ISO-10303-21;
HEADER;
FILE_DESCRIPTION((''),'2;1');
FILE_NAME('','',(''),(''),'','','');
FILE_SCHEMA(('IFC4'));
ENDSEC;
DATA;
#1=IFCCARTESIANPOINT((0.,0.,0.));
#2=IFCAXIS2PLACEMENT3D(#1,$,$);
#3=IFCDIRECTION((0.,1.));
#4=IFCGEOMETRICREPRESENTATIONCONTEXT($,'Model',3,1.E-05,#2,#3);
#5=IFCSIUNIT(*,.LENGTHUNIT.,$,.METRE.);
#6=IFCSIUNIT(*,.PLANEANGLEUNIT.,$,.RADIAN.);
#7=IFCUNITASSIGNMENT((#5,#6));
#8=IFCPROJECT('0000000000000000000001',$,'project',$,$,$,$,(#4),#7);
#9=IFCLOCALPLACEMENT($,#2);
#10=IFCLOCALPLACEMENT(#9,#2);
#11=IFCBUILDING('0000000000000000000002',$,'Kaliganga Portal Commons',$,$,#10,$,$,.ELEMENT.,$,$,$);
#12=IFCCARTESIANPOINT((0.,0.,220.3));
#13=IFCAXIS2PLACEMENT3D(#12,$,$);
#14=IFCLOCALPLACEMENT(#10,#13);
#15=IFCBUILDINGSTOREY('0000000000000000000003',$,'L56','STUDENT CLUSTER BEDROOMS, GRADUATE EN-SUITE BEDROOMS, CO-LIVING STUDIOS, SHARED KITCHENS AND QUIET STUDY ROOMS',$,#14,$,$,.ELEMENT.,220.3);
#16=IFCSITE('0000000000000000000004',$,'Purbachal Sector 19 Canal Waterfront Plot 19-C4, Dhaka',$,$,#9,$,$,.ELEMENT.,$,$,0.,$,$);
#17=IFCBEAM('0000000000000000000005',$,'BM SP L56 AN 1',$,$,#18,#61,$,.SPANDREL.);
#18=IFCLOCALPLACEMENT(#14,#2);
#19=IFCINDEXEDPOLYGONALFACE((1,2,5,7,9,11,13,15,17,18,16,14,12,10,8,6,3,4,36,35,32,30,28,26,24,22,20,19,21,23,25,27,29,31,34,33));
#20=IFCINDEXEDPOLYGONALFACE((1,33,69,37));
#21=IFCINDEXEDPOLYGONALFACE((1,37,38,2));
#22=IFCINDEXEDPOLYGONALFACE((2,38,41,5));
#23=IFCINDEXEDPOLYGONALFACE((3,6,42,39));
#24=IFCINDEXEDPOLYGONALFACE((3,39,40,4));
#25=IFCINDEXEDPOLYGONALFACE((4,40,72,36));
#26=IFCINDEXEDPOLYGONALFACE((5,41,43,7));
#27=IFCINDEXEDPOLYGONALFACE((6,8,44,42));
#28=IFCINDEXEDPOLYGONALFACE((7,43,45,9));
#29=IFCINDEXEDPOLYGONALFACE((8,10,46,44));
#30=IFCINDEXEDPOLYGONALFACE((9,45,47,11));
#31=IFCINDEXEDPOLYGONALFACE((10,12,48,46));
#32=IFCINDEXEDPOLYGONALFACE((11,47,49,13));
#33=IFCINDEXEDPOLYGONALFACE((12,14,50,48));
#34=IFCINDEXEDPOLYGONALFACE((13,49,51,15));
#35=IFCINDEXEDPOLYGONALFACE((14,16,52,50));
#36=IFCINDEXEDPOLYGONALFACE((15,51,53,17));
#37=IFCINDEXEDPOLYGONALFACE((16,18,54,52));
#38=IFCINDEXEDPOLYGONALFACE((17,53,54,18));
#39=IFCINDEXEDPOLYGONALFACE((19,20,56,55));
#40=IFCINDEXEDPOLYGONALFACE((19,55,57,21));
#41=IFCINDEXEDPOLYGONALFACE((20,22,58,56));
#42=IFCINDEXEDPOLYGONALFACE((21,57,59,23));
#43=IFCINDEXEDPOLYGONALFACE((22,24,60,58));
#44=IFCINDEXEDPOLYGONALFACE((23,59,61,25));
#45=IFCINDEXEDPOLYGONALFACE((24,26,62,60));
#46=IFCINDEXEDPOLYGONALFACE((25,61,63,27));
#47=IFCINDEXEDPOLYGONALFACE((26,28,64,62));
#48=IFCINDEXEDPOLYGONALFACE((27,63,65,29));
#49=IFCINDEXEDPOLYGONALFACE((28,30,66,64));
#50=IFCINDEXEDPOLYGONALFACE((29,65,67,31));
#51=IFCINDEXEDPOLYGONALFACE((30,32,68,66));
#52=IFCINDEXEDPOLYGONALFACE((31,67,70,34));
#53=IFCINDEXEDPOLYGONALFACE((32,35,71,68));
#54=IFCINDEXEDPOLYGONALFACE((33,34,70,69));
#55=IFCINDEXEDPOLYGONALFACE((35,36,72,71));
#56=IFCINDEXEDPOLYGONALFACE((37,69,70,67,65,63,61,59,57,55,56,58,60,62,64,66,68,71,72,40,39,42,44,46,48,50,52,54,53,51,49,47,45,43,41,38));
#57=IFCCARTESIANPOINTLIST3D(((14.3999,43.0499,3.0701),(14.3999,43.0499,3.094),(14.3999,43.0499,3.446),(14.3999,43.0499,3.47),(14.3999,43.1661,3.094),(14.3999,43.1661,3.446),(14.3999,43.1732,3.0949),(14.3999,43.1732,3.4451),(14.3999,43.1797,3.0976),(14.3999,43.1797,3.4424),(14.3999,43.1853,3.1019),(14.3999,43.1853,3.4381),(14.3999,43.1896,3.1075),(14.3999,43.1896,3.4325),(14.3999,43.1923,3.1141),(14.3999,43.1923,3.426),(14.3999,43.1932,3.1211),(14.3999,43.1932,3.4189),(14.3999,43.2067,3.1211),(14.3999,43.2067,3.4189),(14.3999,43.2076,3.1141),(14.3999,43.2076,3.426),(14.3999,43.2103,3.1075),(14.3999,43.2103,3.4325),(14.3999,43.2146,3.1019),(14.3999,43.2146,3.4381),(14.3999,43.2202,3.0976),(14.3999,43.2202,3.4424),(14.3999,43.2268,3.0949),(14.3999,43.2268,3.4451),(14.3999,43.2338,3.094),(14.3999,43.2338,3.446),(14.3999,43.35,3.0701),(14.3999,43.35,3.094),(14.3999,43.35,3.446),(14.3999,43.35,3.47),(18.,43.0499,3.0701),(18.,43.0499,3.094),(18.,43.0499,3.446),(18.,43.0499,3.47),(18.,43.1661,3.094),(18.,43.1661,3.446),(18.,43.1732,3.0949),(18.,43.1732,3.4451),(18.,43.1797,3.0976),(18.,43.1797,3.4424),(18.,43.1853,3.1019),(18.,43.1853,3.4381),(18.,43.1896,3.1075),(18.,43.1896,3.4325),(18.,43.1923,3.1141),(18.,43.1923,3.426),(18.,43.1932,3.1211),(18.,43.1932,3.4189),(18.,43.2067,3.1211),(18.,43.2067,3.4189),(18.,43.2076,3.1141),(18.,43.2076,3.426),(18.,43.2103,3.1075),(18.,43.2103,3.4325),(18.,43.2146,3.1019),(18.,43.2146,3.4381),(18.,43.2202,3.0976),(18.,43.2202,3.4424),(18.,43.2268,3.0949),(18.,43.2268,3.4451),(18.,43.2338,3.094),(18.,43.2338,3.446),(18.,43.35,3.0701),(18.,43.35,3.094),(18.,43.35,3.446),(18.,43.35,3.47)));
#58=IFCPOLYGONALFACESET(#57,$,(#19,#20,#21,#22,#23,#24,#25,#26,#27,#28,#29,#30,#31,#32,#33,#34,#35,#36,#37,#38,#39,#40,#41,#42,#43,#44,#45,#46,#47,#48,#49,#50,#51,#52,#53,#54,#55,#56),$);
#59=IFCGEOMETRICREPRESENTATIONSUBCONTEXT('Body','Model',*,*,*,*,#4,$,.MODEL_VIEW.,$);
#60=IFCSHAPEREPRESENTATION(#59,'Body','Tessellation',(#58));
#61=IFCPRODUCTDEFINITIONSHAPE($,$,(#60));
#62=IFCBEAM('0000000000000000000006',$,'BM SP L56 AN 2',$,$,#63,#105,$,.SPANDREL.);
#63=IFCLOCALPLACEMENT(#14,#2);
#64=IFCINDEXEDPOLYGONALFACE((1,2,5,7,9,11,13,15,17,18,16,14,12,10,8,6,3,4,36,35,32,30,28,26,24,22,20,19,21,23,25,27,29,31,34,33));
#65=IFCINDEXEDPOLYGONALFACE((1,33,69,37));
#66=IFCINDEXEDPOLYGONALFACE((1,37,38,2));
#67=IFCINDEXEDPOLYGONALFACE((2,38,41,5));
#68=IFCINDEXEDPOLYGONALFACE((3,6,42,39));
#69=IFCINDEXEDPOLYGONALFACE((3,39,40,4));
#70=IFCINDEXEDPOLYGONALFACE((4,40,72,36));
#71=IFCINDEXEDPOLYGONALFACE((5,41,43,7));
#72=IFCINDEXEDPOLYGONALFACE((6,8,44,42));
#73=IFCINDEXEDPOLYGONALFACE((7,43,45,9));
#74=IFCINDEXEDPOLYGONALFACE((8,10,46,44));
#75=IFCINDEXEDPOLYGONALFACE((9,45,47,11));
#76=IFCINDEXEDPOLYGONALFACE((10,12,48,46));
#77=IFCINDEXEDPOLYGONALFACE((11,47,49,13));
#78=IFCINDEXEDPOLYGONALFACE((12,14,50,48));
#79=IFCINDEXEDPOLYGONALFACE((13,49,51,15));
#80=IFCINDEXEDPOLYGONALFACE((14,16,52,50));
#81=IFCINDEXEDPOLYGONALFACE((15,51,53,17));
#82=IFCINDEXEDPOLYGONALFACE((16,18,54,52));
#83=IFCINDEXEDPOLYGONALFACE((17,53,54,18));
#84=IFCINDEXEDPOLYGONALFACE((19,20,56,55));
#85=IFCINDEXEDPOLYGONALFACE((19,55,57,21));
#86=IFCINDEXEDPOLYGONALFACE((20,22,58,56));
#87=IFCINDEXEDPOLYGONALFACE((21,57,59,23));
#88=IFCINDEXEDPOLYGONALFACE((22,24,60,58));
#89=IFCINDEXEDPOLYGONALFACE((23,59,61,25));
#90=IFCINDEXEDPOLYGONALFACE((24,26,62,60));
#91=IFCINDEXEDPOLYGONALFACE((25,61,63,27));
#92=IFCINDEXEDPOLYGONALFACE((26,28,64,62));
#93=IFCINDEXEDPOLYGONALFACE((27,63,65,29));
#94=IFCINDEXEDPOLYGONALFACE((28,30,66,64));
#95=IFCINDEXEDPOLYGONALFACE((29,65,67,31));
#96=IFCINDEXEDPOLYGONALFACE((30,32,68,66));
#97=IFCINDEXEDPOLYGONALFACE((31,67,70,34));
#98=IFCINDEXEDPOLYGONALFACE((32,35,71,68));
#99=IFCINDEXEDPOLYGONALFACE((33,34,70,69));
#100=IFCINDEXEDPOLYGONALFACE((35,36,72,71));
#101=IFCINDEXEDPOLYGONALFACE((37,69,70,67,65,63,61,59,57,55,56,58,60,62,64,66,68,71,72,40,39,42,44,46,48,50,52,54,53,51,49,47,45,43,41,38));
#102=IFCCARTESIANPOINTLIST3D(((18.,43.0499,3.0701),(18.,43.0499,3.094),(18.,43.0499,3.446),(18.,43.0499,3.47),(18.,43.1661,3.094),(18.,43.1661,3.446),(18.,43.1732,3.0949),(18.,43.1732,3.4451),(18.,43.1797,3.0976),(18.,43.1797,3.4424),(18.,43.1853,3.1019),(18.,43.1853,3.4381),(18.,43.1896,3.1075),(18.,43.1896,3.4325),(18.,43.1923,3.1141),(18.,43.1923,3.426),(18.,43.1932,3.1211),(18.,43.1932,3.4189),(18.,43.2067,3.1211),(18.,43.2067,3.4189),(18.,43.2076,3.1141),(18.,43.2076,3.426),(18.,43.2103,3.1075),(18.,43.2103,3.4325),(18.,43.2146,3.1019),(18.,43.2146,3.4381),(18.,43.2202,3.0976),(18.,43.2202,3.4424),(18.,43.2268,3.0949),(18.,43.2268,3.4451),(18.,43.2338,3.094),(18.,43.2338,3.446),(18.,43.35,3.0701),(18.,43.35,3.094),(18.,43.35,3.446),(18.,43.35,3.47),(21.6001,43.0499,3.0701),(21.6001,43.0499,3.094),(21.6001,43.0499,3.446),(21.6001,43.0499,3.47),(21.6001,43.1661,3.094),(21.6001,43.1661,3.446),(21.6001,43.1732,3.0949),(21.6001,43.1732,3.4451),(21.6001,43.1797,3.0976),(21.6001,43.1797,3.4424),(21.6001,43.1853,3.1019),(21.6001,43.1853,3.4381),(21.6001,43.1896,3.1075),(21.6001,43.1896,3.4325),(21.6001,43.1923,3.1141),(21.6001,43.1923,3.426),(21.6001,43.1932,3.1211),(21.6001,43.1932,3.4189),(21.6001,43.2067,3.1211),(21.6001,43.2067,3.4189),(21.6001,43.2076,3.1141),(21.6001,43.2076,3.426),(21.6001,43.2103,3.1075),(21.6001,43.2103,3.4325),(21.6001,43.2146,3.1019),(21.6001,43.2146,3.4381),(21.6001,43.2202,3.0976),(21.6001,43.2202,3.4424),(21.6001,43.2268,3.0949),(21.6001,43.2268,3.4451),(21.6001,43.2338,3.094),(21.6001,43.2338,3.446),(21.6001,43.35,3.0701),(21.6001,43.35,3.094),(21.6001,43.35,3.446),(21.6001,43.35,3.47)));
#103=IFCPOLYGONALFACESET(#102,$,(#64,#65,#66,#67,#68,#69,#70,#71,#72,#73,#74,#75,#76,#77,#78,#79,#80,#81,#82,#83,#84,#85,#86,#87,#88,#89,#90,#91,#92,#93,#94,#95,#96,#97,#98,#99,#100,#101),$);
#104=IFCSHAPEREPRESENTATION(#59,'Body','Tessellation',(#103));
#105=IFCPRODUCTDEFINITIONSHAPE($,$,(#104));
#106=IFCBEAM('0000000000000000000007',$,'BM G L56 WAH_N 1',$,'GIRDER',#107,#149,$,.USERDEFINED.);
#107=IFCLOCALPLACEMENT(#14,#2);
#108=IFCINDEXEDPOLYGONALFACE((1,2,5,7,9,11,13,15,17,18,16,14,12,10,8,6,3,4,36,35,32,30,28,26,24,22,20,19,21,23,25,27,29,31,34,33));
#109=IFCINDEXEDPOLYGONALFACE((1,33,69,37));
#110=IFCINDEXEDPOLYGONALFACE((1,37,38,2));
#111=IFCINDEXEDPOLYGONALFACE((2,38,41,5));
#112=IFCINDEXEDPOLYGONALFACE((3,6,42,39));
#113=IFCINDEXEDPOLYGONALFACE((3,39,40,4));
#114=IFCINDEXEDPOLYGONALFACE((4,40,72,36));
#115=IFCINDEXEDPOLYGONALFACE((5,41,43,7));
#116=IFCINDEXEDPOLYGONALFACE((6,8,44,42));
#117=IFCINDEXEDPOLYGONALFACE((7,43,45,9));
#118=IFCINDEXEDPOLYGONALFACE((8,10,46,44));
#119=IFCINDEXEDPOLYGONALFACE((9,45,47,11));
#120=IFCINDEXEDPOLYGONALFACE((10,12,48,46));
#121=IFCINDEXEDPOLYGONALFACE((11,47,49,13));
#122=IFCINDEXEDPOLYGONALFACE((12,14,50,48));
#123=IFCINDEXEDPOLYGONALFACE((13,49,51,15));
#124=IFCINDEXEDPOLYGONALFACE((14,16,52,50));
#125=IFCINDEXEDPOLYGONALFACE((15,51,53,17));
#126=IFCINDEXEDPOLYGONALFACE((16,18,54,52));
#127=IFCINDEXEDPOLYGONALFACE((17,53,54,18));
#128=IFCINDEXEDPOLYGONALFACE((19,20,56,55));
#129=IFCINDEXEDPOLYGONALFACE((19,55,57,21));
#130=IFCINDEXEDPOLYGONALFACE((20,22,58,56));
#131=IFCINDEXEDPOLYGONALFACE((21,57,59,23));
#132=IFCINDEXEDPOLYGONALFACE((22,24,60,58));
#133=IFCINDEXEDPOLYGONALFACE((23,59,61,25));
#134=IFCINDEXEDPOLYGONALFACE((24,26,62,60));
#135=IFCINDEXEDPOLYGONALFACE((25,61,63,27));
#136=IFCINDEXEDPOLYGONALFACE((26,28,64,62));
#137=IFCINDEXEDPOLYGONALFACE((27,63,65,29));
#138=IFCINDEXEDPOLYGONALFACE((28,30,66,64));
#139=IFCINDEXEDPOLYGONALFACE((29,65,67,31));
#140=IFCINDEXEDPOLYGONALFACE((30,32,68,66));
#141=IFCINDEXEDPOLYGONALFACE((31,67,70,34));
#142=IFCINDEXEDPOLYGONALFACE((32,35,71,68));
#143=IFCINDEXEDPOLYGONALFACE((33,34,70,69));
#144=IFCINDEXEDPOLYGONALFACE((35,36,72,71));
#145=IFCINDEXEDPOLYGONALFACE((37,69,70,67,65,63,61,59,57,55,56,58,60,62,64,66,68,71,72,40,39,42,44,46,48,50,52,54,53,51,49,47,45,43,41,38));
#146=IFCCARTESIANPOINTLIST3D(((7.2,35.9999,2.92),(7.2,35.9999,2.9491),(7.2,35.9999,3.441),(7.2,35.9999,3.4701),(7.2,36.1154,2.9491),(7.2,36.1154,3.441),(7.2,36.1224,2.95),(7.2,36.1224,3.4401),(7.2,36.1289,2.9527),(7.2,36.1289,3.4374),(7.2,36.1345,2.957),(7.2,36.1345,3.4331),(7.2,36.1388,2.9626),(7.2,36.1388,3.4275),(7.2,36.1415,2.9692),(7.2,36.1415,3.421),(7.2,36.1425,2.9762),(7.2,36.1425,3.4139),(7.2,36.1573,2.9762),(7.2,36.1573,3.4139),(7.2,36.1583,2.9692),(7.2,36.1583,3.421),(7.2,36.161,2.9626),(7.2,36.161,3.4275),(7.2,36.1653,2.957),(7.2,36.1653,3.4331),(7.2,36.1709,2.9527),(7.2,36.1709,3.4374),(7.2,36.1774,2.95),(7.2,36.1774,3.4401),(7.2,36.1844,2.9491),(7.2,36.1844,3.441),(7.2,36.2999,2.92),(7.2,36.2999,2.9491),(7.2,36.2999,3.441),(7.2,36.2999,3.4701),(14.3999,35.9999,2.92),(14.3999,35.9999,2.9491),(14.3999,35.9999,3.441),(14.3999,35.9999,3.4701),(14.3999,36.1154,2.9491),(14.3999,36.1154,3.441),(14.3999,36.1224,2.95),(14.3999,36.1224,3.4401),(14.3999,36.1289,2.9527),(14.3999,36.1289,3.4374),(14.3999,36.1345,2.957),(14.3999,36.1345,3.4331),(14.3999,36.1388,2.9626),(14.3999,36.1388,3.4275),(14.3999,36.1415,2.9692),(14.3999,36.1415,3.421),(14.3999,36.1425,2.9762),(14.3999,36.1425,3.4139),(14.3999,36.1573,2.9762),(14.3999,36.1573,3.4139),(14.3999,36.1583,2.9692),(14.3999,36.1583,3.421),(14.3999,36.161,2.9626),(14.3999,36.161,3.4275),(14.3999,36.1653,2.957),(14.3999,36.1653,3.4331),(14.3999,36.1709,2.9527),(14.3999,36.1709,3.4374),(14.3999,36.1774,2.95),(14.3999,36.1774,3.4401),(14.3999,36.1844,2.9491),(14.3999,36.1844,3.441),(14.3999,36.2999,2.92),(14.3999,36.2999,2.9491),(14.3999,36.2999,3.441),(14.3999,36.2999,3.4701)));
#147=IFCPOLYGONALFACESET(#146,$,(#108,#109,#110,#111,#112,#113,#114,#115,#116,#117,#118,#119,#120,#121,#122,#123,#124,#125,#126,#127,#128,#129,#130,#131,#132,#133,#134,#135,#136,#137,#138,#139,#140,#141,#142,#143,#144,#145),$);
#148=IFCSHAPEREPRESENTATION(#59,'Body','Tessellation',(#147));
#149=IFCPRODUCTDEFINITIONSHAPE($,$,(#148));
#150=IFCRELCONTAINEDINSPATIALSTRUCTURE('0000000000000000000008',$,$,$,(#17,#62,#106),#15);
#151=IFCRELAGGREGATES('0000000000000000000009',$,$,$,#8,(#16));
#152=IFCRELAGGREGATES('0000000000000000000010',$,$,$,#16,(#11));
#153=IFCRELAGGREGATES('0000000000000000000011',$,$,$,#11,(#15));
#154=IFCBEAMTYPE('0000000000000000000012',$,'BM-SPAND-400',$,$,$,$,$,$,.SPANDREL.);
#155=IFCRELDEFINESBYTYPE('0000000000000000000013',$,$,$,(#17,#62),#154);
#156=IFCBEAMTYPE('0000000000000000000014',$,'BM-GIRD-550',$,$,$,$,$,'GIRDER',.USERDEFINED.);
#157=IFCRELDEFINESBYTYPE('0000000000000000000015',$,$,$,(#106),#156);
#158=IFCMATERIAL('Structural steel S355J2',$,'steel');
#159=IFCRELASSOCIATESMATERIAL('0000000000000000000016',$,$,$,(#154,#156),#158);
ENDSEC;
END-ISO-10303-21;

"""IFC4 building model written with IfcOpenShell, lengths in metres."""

from ifc_helpers import new_model, si_unit, direction, frame, origin, origin_2d, place, context, subcontext, project, spatial, i_section, extrude, source, transform, mapped, material, material_profile, profile_set, type_object, element, save


model = new_model("IFC4")

# Units and contexts
model_context = context("Model", 3, precision=1e-05, world=origin(), true_north=direction((0.0, 1.0)))
body_context = subcontext(model_context, "Body", "Model", "MODEL_VIEW")
ifc_project = project(units=[si_unit("LENGTHUNIT", "METRE"), si_unit("PLANEANGLEUNIT", "RADIAN")], contexts=[model_context])

# Site, building, storey
site_placement = place(None, origin())
site = spatial("IfcSite", under=ifc_project, at=site_placement, Name="Purbachal Sector 19 Canal Waterfront Plot 19-C4, Dhaka", CompositionType="ELEMENT", RefElevation=0.0)
building_placement = place(site_placement, origin())
building = spatial("IfcBuilding", under=site, at=building_placement, Name="Kaliganga Portal Commons", CompositionType="ELEMENT")
storey_placement = place(building_placement, frame((0.0, 0.0, 220.3)))
storey = spatial("IfcBuildingStorey", under=building, at=storey_placement, Name="L56", Description="STUDENT CLUSTER BEDROOMS, GRADUATE EN-SUITE BEDROOMS, CO-LIVING STUDIOS, SHARED KITCHENS AND QUIET STUDY ROOMS", CompositionType="ELEMENT", Elevation=220.3)

# Shared definitions
ifc_material_1 = material(Name="Structural steel S355J2", Category="steel")

# Beams
ifc_material_profile_1 = material_profile(ifc_material_1, i_section(OverallWidth=0.3, OverallDepth=0.3999, WebThickness=0.0134, FlangeThickness=0.0239, FilletRadius=0.0271, at=origin_2d()), Name="HE 400 B")
ifc_profile_set_1 = profile_set([ifc_material_profile_1], Name="Structural steel S355J2 wide-flange")
beam_type_1 = type_object("IfcBeamType", Name="BM-SPAND-400", PredefinedType="SPANDREL", material=ifc_profile_set_1)
shared_shape_1 = source(origin(), body_context, "Body", "SweptSolid", [
    extrude(i_section(OverallWidth=0.3, OverallDepth=0.3999, WebThickness=0.0134, FlangeThickness=0.0239, FilletRadius=0.0271, at=origin_2d()), origin(), (0.0, 0.0, 1.0), 3.6001),
])
for number, where, z_axis, x_axis, name in (
    (1, (14.3999, 43.2, 3.27), (1.0, 0.0, 0.0), (0.0, 1.0, 0.0), "BM SP L56 AN 1"),
    (2, (18.0, 43.2, 3.27), (1.0, 0.0, 0.0), (0.0, 1.0, 0.0), "BM SP L56 AN 2"),
):
    element("IfcBeam", number, at=place(storey_placement, frame(where, z_axis=z_axis, x_axis=x_axis)), inside=storey, type_object=beam_type_1, Name=name, PredefinedType="SPANDREL", context=body_context, shape_type="MappedRepresentation", body=[
        mapped(shared_shape_1, transform((0.0, 0.0, 0.0), x_axis=(1.0, 0.0, 0.0), y_axis=(0.0, 1.0, 0.0), z_axis=(0.0, 0.0, 1.0), scale=1.0)),
    ])
ifc_material_profile_2 = material_profile(ifc_material_1, i_section(OverallWidth=0.3, OverallDepth=0.55, WebThickness=0.0149, FlangeThickness=0.0291, FilletRadius=0.0271, at=origin_2d()), Name="HE 550 B")
ifc_profile_set_2 = profile_set([ifc_material_profile_2], Name="Structural steel S355J2 wide-flange")
beam_type_2 = type_object("IfcBeamType", Name="BM-GIRD-550", ElementType="GIRDER", PredefinedType="USERDEFINED", material=ifc_profile_set_2)
shared_shape_2 = source(origin(), body_context, "Body", "SweptSolid", [
    extrude(i_section(OverallWidth=0.3, OverallDepth=0.55, WebThickness=0.0149, FlangeThickness=0.0291, FilletRadius=0.0271, at=origin_2d()), origin(), (0.0, 0.0, 1.0), 7.2),
])
beam_1_placement = place(storey_placement, frame((7.2, 36.1499, 3.1951), z_axis=(1.0, 0.0, 0.0), x_axis=(0.0, 1.0, 0.0)))
element("IfcBeam", 3, at=beam_1_placement, inside=storey, type_object=beam_type_2, Name="BM G L56 WAH_N 1", ObjectType="GIRDER", PredefinedType="USERDEFINED", context=body_context, shape_type="MappedRepresentation", body=[
    mapped(shared_shape_2, transform((0.0, 0.0, 0.0), x_axis=(1.0, 0.0, 0.0), y_axis=(0.0, 1.0, 0.0), z_axis=(0.0, 0.0, 1.0), scale=1.0)),
])

save(model, "model.ifc")
